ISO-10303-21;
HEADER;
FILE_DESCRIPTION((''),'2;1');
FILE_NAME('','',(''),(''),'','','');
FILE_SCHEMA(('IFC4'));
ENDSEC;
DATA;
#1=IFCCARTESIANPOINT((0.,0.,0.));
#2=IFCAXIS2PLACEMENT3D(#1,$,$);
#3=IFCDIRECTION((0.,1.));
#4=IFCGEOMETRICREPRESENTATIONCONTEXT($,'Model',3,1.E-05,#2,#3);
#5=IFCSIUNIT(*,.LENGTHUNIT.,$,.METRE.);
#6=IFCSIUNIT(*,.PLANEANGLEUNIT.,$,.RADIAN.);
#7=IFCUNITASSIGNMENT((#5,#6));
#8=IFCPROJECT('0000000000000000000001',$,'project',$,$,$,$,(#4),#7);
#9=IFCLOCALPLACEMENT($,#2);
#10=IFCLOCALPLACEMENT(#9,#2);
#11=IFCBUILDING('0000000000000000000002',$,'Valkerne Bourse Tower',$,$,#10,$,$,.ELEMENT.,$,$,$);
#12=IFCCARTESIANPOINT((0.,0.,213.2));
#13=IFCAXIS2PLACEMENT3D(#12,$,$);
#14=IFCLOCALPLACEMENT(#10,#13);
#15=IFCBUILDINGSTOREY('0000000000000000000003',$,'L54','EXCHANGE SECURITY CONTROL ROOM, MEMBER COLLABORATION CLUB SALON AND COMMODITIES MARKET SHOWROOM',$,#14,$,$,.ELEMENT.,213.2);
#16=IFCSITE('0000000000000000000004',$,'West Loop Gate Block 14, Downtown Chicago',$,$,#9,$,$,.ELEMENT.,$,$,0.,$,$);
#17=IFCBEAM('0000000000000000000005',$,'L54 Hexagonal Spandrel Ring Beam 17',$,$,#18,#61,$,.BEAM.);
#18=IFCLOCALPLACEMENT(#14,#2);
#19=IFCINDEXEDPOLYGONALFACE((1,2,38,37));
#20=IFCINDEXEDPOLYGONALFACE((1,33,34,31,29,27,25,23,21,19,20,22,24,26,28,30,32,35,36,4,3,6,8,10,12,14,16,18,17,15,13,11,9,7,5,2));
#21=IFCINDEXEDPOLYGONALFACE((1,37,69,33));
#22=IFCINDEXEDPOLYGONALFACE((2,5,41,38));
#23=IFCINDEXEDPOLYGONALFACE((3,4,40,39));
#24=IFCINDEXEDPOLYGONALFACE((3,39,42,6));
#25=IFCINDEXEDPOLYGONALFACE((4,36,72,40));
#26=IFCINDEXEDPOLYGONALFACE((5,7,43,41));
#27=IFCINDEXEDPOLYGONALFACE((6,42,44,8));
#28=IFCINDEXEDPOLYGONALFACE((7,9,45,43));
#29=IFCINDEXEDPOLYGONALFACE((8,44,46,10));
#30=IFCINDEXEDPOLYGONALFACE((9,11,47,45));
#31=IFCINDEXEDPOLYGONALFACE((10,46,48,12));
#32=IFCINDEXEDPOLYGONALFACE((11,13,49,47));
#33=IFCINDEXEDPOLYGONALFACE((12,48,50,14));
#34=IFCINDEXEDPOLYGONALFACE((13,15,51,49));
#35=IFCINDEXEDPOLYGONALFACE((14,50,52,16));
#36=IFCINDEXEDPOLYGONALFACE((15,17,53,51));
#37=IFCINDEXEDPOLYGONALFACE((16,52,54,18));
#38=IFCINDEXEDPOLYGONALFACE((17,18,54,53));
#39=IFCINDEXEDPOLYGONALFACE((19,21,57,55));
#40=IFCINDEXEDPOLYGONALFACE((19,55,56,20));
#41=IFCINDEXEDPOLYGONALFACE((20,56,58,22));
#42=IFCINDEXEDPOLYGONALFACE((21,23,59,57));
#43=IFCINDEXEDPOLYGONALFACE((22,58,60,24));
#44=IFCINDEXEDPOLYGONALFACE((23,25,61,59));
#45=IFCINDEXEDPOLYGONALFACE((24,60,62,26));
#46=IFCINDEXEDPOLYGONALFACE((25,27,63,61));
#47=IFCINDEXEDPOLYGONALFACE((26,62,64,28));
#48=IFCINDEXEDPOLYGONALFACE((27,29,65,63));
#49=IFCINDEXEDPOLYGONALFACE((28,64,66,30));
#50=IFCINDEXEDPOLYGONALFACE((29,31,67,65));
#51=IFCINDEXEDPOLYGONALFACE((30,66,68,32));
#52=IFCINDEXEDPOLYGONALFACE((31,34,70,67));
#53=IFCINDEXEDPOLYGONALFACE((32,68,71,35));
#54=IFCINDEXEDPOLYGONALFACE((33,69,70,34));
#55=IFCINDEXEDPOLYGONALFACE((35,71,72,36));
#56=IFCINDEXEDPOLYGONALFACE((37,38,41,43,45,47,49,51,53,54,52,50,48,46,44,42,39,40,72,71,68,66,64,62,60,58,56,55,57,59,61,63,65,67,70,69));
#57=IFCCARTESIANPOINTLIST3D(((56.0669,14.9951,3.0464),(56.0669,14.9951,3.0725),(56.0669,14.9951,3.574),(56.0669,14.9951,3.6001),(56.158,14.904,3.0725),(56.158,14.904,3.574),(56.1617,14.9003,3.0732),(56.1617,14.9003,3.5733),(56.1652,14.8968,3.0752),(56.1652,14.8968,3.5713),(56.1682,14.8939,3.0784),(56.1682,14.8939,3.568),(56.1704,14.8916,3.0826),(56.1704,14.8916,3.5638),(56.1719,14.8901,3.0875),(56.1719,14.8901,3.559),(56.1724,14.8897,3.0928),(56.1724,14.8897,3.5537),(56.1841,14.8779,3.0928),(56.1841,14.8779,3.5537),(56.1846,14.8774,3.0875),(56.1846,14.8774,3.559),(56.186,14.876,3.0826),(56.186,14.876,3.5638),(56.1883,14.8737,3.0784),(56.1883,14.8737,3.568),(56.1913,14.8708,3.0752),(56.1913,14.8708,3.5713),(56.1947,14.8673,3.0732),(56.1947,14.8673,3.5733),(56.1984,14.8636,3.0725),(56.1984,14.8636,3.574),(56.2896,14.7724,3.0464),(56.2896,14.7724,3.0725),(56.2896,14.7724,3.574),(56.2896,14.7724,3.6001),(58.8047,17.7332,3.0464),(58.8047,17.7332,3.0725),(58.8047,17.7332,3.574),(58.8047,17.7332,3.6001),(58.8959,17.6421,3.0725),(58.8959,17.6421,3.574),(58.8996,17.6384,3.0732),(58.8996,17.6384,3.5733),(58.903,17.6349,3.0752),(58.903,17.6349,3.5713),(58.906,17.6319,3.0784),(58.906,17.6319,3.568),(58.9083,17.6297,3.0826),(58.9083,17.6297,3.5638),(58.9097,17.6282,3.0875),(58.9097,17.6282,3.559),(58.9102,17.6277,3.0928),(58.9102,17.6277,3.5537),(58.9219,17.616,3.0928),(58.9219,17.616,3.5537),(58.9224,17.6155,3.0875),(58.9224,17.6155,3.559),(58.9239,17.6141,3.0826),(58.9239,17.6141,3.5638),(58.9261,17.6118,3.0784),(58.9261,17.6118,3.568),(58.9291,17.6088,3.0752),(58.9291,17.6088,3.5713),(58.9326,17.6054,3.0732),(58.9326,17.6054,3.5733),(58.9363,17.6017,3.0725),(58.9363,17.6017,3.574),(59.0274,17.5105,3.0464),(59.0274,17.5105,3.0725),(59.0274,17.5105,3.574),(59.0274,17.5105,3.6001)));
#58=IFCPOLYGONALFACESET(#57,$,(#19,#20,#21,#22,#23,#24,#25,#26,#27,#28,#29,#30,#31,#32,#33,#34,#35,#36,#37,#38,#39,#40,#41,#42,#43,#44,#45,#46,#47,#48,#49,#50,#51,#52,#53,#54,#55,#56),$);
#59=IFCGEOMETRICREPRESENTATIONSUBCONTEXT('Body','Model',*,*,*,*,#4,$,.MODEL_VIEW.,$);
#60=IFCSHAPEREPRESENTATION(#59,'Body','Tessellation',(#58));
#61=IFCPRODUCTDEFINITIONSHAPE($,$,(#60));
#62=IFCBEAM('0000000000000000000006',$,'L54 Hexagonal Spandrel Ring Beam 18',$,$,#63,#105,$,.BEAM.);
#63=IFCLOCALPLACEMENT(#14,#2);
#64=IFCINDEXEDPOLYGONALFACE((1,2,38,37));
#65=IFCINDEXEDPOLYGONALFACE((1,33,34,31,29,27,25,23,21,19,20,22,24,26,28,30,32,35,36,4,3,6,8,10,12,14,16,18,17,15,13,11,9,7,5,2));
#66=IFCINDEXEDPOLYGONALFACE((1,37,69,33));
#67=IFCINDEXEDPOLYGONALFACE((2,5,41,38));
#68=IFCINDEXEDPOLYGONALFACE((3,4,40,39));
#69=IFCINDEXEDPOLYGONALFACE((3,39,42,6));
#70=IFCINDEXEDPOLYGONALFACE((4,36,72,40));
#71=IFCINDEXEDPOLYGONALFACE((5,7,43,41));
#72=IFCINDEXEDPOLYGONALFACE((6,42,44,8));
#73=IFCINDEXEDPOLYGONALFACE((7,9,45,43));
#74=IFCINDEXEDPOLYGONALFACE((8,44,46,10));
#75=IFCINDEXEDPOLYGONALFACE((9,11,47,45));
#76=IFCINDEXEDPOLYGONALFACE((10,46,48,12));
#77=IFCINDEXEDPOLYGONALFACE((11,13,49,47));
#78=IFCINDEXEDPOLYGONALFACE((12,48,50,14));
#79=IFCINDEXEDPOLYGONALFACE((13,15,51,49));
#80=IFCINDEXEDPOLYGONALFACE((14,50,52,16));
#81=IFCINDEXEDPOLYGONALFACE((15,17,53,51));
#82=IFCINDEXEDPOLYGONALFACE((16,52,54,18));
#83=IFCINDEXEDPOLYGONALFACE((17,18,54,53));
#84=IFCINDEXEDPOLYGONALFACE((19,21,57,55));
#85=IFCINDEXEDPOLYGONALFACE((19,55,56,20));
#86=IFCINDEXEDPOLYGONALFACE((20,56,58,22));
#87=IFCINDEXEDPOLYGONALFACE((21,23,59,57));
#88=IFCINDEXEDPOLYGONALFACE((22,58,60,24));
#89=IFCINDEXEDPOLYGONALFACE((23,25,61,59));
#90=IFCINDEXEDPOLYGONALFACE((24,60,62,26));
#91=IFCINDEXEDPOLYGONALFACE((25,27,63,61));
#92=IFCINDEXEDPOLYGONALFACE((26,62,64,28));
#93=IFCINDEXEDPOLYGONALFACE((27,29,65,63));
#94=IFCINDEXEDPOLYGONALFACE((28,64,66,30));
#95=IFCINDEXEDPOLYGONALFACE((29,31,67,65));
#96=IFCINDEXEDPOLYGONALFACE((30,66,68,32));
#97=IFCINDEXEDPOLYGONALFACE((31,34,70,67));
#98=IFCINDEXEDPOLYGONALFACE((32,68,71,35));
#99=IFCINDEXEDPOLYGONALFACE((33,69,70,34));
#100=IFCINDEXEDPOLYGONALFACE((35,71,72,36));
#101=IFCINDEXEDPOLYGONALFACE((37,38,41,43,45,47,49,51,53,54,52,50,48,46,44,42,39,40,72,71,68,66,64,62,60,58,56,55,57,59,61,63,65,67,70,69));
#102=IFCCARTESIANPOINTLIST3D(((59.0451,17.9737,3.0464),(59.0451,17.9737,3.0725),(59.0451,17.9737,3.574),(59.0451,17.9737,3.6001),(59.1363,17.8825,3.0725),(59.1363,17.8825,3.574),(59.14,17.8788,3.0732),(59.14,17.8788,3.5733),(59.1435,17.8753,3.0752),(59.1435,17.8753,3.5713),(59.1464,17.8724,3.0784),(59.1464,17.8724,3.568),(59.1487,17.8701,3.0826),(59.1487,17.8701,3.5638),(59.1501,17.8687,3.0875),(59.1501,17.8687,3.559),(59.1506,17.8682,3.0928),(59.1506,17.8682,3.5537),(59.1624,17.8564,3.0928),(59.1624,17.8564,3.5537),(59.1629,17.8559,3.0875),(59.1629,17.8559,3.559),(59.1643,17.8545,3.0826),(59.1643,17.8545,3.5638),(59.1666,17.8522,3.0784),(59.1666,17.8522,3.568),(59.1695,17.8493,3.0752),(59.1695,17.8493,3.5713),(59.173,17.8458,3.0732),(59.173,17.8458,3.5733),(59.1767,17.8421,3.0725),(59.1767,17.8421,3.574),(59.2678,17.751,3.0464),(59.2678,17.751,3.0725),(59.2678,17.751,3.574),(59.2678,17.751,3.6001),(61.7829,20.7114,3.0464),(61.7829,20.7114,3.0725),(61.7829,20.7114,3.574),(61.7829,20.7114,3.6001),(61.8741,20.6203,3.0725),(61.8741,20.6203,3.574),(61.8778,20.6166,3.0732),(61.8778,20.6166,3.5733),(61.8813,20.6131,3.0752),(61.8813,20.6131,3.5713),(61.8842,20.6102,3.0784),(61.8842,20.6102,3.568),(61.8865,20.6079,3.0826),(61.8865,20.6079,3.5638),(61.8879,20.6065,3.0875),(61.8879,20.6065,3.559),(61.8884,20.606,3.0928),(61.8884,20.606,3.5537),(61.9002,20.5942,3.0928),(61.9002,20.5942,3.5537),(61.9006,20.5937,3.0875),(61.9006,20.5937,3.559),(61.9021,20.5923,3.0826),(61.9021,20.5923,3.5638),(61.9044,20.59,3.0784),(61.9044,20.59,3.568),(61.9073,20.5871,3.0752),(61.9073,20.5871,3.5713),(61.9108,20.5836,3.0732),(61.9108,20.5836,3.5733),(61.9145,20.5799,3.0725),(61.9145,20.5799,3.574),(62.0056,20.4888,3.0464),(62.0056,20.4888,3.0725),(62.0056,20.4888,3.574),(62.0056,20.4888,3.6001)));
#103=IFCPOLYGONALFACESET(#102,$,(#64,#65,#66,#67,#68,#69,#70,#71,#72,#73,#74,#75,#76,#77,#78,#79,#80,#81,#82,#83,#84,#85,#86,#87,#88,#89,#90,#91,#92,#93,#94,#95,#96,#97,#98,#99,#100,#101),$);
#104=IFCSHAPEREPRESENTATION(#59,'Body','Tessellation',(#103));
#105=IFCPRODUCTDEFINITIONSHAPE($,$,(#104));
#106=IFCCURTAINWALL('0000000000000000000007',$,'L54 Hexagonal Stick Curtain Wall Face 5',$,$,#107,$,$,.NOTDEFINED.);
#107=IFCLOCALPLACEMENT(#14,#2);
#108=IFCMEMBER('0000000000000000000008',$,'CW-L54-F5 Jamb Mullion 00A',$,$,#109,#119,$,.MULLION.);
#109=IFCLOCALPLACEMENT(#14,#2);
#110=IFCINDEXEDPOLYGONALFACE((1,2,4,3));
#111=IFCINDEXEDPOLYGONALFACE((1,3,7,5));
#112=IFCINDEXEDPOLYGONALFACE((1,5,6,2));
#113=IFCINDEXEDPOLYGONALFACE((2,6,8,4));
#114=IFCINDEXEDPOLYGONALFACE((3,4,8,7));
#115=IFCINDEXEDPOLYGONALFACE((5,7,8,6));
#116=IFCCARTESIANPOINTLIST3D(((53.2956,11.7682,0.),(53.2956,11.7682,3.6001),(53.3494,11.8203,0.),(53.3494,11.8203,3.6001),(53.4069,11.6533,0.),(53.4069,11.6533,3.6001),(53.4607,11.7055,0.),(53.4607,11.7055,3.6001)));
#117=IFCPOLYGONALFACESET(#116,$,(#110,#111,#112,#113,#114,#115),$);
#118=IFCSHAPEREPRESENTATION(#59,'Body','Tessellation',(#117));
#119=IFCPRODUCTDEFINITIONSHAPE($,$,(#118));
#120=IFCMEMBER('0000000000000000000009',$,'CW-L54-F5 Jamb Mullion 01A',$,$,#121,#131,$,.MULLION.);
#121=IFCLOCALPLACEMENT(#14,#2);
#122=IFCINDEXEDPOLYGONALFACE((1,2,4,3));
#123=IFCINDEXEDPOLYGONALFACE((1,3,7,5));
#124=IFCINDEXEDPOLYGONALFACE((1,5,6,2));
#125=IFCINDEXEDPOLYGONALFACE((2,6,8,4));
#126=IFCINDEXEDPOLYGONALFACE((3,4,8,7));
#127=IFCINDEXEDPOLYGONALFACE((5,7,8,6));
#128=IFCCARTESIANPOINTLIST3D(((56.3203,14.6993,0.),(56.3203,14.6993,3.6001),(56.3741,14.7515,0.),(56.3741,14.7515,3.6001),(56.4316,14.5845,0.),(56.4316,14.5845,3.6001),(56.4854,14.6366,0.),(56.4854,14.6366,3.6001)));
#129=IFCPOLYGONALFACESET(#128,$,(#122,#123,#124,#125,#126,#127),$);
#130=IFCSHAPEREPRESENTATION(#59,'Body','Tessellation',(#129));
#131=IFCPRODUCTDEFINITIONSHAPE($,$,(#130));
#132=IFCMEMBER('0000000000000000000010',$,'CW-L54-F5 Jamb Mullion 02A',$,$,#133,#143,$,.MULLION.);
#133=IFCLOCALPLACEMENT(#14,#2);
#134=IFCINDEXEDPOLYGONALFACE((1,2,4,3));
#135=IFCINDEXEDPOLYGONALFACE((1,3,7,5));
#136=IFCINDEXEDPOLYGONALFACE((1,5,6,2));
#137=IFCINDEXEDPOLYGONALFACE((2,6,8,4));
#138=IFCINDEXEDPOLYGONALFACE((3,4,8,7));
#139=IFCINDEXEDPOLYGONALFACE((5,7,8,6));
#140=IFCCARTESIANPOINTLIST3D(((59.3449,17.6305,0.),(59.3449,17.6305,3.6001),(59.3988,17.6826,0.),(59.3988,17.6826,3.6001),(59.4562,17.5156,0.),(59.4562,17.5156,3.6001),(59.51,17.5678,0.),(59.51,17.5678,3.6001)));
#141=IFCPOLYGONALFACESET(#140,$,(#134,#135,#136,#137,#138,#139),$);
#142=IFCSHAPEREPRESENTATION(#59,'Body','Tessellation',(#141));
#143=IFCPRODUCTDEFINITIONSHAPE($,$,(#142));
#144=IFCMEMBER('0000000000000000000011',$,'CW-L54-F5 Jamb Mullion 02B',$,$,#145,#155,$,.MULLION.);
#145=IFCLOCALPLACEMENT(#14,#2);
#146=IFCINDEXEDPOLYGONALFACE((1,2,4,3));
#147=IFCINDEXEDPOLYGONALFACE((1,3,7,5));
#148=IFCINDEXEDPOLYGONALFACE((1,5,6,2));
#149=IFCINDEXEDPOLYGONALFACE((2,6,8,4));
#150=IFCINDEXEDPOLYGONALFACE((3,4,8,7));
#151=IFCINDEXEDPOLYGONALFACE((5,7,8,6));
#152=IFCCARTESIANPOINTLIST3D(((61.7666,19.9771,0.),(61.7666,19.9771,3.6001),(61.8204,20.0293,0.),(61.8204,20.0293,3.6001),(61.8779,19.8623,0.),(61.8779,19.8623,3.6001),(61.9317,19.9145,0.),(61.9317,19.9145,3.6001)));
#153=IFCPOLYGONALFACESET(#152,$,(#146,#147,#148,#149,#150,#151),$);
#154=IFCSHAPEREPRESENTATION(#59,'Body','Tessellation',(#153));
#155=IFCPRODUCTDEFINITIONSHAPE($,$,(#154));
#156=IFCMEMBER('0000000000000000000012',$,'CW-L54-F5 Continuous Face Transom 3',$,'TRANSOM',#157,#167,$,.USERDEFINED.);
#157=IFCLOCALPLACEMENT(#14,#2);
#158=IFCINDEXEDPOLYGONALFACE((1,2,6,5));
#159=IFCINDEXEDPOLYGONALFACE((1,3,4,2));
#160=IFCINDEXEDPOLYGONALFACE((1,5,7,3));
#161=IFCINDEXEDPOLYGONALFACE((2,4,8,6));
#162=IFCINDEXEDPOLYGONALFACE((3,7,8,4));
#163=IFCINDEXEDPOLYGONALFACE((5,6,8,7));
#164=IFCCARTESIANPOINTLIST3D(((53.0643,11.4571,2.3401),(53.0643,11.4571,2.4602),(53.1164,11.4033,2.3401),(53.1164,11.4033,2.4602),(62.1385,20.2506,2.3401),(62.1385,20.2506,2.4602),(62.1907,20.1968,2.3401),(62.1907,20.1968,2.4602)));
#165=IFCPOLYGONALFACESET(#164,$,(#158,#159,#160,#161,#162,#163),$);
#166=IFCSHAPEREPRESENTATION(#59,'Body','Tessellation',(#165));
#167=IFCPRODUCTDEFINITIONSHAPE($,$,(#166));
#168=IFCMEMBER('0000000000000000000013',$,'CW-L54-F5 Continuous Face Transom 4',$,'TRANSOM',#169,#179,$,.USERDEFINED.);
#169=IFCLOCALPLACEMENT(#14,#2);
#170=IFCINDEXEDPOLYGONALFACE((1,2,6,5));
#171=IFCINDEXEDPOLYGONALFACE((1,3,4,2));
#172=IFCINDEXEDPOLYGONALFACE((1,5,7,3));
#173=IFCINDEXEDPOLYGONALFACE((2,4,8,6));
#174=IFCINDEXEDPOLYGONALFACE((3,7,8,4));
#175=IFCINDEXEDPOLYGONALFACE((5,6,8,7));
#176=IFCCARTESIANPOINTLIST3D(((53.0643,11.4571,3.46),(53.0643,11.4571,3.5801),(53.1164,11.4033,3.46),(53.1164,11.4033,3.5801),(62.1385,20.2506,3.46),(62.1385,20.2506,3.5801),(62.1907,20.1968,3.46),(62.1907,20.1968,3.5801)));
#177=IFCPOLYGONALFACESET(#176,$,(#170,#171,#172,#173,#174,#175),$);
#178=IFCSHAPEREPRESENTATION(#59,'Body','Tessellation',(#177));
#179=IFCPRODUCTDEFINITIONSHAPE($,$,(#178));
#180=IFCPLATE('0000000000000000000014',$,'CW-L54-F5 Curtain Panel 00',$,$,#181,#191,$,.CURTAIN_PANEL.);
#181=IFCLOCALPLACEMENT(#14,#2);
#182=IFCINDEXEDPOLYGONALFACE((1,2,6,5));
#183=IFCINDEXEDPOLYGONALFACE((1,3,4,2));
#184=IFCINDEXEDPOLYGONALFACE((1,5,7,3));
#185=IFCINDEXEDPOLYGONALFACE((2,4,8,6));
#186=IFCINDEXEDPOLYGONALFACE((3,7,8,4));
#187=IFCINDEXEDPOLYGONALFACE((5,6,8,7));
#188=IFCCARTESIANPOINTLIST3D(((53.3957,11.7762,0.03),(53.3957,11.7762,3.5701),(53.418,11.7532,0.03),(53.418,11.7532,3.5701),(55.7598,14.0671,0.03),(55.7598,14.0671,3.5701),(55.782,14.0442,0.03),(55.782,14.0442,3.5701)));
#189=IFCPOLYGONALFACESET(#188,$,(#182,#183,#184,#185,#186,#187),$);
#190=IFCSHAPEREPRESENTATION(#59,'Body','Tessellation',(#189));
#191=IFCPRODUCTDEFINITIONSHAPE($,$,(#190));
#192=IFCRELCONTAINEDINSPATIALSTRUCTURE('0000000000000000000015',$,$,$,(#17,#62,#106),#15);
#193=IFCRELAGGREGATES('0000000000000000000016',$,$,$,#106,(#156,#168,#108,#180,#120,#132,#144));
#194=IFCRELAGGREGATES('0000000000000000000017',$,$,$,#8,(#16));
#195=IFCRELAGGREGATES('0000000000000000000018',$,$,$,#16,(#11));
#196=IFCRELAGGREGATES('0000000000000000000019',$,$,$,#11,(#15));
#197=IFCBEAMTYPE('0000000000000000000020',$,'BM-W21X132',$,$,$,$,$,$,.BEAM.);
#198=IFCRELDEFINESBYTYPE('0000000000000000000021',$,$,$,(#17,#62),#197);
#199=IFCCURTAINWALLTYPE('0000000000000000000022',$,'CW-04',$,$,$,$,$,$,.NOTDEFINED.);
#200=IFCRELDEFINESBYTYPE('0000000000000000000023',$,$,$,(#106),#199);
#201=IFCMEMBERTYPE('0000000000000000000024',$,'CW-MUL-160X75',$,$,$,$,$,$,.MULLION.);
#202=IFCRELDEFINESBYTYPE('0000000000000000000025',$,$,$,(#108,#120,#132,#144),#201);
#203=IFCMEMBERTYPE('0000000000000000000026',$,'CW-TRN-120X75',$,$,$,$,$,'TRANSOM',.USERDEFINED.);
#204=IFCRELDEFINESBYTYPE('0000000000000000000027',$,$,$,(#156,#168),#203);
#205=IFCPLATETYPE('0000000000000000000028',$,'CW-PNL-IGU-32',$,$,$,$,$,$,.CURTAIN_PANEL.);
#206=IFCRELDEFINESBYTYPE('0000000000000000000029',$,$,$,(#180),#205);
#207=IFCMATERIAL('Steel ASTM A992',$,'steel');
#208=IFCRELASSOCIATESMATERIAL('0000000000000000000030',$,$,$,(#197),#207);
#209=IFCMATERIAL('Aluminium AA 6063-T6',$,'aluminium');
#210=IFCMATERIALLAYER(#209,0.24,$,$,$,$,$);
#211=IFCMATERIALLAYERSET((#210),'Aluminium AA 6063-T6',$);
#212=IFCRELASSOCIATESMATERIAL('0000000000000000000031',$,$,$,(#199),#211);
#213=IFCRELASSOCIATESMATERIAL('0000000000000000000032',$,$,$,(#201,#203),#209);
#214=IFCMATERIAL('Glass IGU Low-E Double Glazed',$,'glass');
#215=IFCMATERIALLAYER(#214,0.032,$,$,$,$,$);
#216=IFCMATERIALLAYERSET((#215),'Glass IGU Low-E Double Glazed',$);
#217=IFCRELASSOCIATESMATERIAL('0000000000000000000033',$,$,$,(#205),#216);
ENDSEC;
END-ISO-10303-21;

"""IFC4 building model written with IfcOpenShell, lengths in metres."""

from ifc_helpers import new_model, si_unit, direction, frame, origin, origin_2d, place, context, subcontext, project, spatial, rectangle, i_section, extrude, material, layer, layer_set, material_profile, profile_set, type_object, element, aggregate, save


model = new_model("IFC4")

# Units and contexts
model_context = context("Model", 3, precision=1e-05, world=origin(), true_north=direction((0.0, 1.0)))
body_context = subcontext(model_context, "Body", "Model", "MODEL_VIEW")
ifc_project = project(units=[si_unit("LENGTHUNIT", "METRE"), si_unit("PLANEANGLEUNIT", "RADIAN")], contexts=[model_context])

# Site, building, storey
site_placement = place(None, origin())
site = spatial("IfcSite", under=ifc_project, at=site_placement, Name="West Loop Gate Block 14, Downtown Chicago", CompositionType="ELEMENT", RefElevation=0.0)
building_placement = place(site_placement, origin())
building = spatial("IfcBuilding", under=site, at=building_placement, Name="Valkerne Bourse Tower", CompositionType="ELEMENT")
storey_placement = place(building_placement, frame((0.0, 0.0, 213.2)))
storey = spatial("IfcBuildingStorey", under=building, at=storey_placement, Name="L54", Description="EXCHANGE SECURITY CONTROL ROOM, MEMBER COLLABORATION CLUB SALON AND COMMODITIES MARKET SHOWROOM", CompositionType="ELEMENT", Elevation=213.2)

# Beams
ifc_material_1 = material(Name="Steel ASTM A992", Category="steel")
ifc_material_profile_1 = material_profile(ifc_material_1, i_section(OverallWidth=0.3149, OverallDepth=0.5537, WebThickness=0.0166, FlangeThickness=0.0261, FilletRadius=0.0203, at=origin_2d()), Name="W21X132")
ifc_profile_set_1 = profile_set([ifc_material_profile_1], Name="Steel ASTM A992")
beam_type = type_object("IfcBeamType", Name="BM-W21X132", PredefinedType="BEAM", material=ifc_profile_set_1)
for number, where, z_axis, x_axis, name in (
    (1, (56.1782, 14.8838, 3.3232), (0.707075, 0.707138, 0.0), (-0.707138, 0.707075, 0.0), "L54 Hexagonal Spandrel Ring Beam 17"),
):
    element("IfcBeam", number, at=place(storey_placement, frame(where, z_axis=z_axis, x_axis=x_axis)), inside=storey, type_object=beam_type, Name=name, PredefinedType="BEAM", context=body_context, shape_type="SweptSolid", body=[
        extrude(i_section(OverallWidth=0.3149, OverallDepth=0.5537, WebThickness=0.0166, FlangeThickness=0.0261, FilletRadius=0.0203, at=origin_2d()), origin(), (0.0, 0.0, 1.0), 3.8721),
    ])
beam_placement = place(storey_placement, frame((59.1565, 17.8623, 3.3232), z_axis=(0.707107, 0.707107, 0.0), x_axis=(-0.707107, 0.707107, 0.0)))
element("IfcBeam", 2, at=beam_placement, inside=storey, type_object=beam_type, Name="L54 Hexagonal Spandrel Ring Beam 18", PredefinedType="BEAM", context=body_context, shape_type="SweptSolid", body=[
    extrude(i_section(OverallWidth=0.3149, OverallDepth=0.5537, WebThickness=0.0166, FlangeThickness=0.0261, FilletRadius=0.0203, at=origin_2d()), origin(), (0.0, 0.0, 1.0), 3.8718),
])

# Curtain wall, members, plate
ifc_material_2 = material(Name="Aluminium AA 6063-T6", Category="aluminium")
ifc_layer_1 = layer(ifc_material_2, 0.24)
ifc_layer_set_1 = layer_set([ifc_layer_1], Name="Aluminium AA 6063-T6")
curtain_wall_type = type_object("IfcCurtainWallType", Name="CW-04", PredefinedType="NOTDEFINED", material=ifc_layer_set_1)
curtain_wall_placement = place(storey_placement, origin())
curtain_wall = element("IfcCurtainWall", 3, at=curtain_wall_placement, inside=storey, type_object=curtain_wall_type, Name="L54 Hexagonal Stick Curtain Wall Face 5", PredefinedType="NOTDEFINED")
ifc_material_profile_2 = material_profile(ifc_material_2, rectangle(XDim=0.075, YDim=0.1599, at=origin_2d()), Name="CWM-75X160")
ifc_profile_set_2 = profile_set([ifc_material_profile_2], Name="Aluminium AA 6063-T6")
member_type_1 = type_object("IfcMemberType", Name="CW-MUL-160X75", PredefinedType="MULLION", material=ifc_profile_set_2)
member_1_placement = place(storey_placement, frame((53.3782, 11.7368, 0.0), z_axis=(0.0, 0.0, 1.0), x_axis=(0.718119, 0.69592, 0.0)))
member_1 = element("IfcMember", 4, at=member_1_placement, type_object=member_type_1, Name="CW-L54-F5 Jamb Mullion 00A", PredefinedType="MULLION", context=body_context, shape_type="SweptSolid", body=[
    extrude(rectangle(XDim=0.075, YDim=0.1599, at=origin_2d()), origin(), (0.0, 0.0, 1.0), 3.6001),
])
member_2_placement = place(storey_placement, frame((56.4028, 14.668, 0.0), z_axis=(0.0, 0.0, 1.0), x_axis=(0.71813, 0.695908, 0.0)))
member_2 = element("IfcMember", 5, at=member_2_placement, type_object=member_type_1, Name="CW-L54-F5 Jamb Mullion 01A", PredefinedType="MULLION", context=body_context, shape_type="SweptSolid", body=[
    extrude(rectangle(XDim=0.075, YDim=0.1599, at=origin_2d()), origin(), (0.0, 0.0, 1.0), 3.6001),
])
member_3_placement = place(storey_placement, frame((59.4275, 17.5991, 0.0), z_axis=(0.0, 0.0, 1.0), x_axis=(0.718119, 0.69592, 0.0)))
member_3 = element("IfcMember", 6, at=member_3_placement, type_object=member_type_1, Name="CW-L54-F5 Jamb Mullion 02A", PredefinedType="MULLION", context=body_context, shape_type="SweptSolid", body=[
    extrude(rectangle(XDim=0.075, YDim=0.1599, at=origin_2d()), origin(), (0.0, 0.0, 1.0), 3.6001),
])
member_4_placement = place(storey_placement, frame((61.8491, 19.9458, 0.0), z_axis=(0.0, 0.0, 1.0), x_axis=(0.718119, 0.69592, 0.0)))
member_4 = element("IfcMember", 7, at=member_4_placement, type_object=member_type_1, Name="CW-L54-F5 Jamb Mullion 02B", PredefinedType="MULLION", context=body_context, shape_type="SweptSolid", body=[
    extrude(rectangle(XDim=0.075, YDim=0.1599, at=origin_2d()), origin(), (0.0, 0.0, 1.0), 3.6001),
])
ifc_material_profile_3 = material_profile(ifc_material_2, rectangle(XDim=0.075, YDim=0.1201, at=origin_2d()), Name="CWT-75X120")
ifc_profile_set_3 = profile_set([ifc_material_profile_3], Name="Aluminium AA 6063-T6")
member_type_2 = type_object("IfcMemberType", Name="CW-TRN-120X75", ElementType="TRANSOM", PredefinedType="USERDEFINED", material=ifc_profile_set_3)
member_5_placement = place(storey_placement, frame((53.0903, 11.4302, 2.4001), z_axis=(0.718129, 0.69591, 0.0), x_axis=(-0.69591, 0.718129, 0.0)))
member_5 = element("IfcMember", 8, at=member_5_placement, type_object=member_type_2, Name="CW-L54-F5 Continuous Face Transom 3", ObjectType="TRANSOM", PredefinedType="USERDEFINED", context=body_context, shape_type="SweptSolid", body=[
    extrude(rectangle(XDim=0.075, YDim=0.1201, at=origin_2d()), origin(), (0.0, 0.0, 1.0), 12.636),
])
member_6_placement = place(storey_placement, frame((53.0903, 11.4302, 3.52), z_axis=(0.718129, 0.69591, 0.0), x_axis=(-0.69591, 0.718129, 0.0)))
member_6 = element("IfcMember", 9, at=member_6_placement, type_object=member_type_2, Name="CW-L54-F5 Continuous Face Transom 4", ObjectType="TRANSOM", PredefinedType="USERDEFINED", context=body_context, shape_type="SweptSolid", body=[
    extrude(rectangle(XDim=0.075, YDim=0.1201, at=origin_2d()), origin(), (0.0, 0.0, 1.0), 12.636),
])
ifc_material_3 = material(Name="Glass IGU Low-E Double Glazed", Category="glass")
ifc_layer_2 = layer(ifc_material_3, 0.032)
ifc_layer_set_2 = layer_set([ifc_layer_2], Name="Glass IGU Low-E Double Glazed")
plate_type = type_object("IfcPlateType", Name="CW-PNL-IGU-32", PredefinedType="CURTAIN_PANEL", material=ifc_layer_set_2)
plate_1_placement = place(storey_placement, frame((54.5889, 12.9102, 0.03), z_axis=(0.0, 0.0, 1.0), x_axis=(0.718119, 0.69592, 0.0)))
plate_1 = element("IfcPlate", 10, at=plate_1_placement, type_object=plate_type, Name="CW-L54-F5 Curtain Panel 00", PredefinedType="CURTAIN_PANEL", context=body_context, shape_type="SweptSolid", body=[
    extrude(rectangle(XDim=3.292, YDim=0.032, at=origin_2d()), origin(), (0.0, 0.0, 1.0), 3.54),
])
aggregate(curtain_wall, [member_5, member_6, member_1, plate_1, member_2, member_3, member_4])

save(model, "model.ifc")
